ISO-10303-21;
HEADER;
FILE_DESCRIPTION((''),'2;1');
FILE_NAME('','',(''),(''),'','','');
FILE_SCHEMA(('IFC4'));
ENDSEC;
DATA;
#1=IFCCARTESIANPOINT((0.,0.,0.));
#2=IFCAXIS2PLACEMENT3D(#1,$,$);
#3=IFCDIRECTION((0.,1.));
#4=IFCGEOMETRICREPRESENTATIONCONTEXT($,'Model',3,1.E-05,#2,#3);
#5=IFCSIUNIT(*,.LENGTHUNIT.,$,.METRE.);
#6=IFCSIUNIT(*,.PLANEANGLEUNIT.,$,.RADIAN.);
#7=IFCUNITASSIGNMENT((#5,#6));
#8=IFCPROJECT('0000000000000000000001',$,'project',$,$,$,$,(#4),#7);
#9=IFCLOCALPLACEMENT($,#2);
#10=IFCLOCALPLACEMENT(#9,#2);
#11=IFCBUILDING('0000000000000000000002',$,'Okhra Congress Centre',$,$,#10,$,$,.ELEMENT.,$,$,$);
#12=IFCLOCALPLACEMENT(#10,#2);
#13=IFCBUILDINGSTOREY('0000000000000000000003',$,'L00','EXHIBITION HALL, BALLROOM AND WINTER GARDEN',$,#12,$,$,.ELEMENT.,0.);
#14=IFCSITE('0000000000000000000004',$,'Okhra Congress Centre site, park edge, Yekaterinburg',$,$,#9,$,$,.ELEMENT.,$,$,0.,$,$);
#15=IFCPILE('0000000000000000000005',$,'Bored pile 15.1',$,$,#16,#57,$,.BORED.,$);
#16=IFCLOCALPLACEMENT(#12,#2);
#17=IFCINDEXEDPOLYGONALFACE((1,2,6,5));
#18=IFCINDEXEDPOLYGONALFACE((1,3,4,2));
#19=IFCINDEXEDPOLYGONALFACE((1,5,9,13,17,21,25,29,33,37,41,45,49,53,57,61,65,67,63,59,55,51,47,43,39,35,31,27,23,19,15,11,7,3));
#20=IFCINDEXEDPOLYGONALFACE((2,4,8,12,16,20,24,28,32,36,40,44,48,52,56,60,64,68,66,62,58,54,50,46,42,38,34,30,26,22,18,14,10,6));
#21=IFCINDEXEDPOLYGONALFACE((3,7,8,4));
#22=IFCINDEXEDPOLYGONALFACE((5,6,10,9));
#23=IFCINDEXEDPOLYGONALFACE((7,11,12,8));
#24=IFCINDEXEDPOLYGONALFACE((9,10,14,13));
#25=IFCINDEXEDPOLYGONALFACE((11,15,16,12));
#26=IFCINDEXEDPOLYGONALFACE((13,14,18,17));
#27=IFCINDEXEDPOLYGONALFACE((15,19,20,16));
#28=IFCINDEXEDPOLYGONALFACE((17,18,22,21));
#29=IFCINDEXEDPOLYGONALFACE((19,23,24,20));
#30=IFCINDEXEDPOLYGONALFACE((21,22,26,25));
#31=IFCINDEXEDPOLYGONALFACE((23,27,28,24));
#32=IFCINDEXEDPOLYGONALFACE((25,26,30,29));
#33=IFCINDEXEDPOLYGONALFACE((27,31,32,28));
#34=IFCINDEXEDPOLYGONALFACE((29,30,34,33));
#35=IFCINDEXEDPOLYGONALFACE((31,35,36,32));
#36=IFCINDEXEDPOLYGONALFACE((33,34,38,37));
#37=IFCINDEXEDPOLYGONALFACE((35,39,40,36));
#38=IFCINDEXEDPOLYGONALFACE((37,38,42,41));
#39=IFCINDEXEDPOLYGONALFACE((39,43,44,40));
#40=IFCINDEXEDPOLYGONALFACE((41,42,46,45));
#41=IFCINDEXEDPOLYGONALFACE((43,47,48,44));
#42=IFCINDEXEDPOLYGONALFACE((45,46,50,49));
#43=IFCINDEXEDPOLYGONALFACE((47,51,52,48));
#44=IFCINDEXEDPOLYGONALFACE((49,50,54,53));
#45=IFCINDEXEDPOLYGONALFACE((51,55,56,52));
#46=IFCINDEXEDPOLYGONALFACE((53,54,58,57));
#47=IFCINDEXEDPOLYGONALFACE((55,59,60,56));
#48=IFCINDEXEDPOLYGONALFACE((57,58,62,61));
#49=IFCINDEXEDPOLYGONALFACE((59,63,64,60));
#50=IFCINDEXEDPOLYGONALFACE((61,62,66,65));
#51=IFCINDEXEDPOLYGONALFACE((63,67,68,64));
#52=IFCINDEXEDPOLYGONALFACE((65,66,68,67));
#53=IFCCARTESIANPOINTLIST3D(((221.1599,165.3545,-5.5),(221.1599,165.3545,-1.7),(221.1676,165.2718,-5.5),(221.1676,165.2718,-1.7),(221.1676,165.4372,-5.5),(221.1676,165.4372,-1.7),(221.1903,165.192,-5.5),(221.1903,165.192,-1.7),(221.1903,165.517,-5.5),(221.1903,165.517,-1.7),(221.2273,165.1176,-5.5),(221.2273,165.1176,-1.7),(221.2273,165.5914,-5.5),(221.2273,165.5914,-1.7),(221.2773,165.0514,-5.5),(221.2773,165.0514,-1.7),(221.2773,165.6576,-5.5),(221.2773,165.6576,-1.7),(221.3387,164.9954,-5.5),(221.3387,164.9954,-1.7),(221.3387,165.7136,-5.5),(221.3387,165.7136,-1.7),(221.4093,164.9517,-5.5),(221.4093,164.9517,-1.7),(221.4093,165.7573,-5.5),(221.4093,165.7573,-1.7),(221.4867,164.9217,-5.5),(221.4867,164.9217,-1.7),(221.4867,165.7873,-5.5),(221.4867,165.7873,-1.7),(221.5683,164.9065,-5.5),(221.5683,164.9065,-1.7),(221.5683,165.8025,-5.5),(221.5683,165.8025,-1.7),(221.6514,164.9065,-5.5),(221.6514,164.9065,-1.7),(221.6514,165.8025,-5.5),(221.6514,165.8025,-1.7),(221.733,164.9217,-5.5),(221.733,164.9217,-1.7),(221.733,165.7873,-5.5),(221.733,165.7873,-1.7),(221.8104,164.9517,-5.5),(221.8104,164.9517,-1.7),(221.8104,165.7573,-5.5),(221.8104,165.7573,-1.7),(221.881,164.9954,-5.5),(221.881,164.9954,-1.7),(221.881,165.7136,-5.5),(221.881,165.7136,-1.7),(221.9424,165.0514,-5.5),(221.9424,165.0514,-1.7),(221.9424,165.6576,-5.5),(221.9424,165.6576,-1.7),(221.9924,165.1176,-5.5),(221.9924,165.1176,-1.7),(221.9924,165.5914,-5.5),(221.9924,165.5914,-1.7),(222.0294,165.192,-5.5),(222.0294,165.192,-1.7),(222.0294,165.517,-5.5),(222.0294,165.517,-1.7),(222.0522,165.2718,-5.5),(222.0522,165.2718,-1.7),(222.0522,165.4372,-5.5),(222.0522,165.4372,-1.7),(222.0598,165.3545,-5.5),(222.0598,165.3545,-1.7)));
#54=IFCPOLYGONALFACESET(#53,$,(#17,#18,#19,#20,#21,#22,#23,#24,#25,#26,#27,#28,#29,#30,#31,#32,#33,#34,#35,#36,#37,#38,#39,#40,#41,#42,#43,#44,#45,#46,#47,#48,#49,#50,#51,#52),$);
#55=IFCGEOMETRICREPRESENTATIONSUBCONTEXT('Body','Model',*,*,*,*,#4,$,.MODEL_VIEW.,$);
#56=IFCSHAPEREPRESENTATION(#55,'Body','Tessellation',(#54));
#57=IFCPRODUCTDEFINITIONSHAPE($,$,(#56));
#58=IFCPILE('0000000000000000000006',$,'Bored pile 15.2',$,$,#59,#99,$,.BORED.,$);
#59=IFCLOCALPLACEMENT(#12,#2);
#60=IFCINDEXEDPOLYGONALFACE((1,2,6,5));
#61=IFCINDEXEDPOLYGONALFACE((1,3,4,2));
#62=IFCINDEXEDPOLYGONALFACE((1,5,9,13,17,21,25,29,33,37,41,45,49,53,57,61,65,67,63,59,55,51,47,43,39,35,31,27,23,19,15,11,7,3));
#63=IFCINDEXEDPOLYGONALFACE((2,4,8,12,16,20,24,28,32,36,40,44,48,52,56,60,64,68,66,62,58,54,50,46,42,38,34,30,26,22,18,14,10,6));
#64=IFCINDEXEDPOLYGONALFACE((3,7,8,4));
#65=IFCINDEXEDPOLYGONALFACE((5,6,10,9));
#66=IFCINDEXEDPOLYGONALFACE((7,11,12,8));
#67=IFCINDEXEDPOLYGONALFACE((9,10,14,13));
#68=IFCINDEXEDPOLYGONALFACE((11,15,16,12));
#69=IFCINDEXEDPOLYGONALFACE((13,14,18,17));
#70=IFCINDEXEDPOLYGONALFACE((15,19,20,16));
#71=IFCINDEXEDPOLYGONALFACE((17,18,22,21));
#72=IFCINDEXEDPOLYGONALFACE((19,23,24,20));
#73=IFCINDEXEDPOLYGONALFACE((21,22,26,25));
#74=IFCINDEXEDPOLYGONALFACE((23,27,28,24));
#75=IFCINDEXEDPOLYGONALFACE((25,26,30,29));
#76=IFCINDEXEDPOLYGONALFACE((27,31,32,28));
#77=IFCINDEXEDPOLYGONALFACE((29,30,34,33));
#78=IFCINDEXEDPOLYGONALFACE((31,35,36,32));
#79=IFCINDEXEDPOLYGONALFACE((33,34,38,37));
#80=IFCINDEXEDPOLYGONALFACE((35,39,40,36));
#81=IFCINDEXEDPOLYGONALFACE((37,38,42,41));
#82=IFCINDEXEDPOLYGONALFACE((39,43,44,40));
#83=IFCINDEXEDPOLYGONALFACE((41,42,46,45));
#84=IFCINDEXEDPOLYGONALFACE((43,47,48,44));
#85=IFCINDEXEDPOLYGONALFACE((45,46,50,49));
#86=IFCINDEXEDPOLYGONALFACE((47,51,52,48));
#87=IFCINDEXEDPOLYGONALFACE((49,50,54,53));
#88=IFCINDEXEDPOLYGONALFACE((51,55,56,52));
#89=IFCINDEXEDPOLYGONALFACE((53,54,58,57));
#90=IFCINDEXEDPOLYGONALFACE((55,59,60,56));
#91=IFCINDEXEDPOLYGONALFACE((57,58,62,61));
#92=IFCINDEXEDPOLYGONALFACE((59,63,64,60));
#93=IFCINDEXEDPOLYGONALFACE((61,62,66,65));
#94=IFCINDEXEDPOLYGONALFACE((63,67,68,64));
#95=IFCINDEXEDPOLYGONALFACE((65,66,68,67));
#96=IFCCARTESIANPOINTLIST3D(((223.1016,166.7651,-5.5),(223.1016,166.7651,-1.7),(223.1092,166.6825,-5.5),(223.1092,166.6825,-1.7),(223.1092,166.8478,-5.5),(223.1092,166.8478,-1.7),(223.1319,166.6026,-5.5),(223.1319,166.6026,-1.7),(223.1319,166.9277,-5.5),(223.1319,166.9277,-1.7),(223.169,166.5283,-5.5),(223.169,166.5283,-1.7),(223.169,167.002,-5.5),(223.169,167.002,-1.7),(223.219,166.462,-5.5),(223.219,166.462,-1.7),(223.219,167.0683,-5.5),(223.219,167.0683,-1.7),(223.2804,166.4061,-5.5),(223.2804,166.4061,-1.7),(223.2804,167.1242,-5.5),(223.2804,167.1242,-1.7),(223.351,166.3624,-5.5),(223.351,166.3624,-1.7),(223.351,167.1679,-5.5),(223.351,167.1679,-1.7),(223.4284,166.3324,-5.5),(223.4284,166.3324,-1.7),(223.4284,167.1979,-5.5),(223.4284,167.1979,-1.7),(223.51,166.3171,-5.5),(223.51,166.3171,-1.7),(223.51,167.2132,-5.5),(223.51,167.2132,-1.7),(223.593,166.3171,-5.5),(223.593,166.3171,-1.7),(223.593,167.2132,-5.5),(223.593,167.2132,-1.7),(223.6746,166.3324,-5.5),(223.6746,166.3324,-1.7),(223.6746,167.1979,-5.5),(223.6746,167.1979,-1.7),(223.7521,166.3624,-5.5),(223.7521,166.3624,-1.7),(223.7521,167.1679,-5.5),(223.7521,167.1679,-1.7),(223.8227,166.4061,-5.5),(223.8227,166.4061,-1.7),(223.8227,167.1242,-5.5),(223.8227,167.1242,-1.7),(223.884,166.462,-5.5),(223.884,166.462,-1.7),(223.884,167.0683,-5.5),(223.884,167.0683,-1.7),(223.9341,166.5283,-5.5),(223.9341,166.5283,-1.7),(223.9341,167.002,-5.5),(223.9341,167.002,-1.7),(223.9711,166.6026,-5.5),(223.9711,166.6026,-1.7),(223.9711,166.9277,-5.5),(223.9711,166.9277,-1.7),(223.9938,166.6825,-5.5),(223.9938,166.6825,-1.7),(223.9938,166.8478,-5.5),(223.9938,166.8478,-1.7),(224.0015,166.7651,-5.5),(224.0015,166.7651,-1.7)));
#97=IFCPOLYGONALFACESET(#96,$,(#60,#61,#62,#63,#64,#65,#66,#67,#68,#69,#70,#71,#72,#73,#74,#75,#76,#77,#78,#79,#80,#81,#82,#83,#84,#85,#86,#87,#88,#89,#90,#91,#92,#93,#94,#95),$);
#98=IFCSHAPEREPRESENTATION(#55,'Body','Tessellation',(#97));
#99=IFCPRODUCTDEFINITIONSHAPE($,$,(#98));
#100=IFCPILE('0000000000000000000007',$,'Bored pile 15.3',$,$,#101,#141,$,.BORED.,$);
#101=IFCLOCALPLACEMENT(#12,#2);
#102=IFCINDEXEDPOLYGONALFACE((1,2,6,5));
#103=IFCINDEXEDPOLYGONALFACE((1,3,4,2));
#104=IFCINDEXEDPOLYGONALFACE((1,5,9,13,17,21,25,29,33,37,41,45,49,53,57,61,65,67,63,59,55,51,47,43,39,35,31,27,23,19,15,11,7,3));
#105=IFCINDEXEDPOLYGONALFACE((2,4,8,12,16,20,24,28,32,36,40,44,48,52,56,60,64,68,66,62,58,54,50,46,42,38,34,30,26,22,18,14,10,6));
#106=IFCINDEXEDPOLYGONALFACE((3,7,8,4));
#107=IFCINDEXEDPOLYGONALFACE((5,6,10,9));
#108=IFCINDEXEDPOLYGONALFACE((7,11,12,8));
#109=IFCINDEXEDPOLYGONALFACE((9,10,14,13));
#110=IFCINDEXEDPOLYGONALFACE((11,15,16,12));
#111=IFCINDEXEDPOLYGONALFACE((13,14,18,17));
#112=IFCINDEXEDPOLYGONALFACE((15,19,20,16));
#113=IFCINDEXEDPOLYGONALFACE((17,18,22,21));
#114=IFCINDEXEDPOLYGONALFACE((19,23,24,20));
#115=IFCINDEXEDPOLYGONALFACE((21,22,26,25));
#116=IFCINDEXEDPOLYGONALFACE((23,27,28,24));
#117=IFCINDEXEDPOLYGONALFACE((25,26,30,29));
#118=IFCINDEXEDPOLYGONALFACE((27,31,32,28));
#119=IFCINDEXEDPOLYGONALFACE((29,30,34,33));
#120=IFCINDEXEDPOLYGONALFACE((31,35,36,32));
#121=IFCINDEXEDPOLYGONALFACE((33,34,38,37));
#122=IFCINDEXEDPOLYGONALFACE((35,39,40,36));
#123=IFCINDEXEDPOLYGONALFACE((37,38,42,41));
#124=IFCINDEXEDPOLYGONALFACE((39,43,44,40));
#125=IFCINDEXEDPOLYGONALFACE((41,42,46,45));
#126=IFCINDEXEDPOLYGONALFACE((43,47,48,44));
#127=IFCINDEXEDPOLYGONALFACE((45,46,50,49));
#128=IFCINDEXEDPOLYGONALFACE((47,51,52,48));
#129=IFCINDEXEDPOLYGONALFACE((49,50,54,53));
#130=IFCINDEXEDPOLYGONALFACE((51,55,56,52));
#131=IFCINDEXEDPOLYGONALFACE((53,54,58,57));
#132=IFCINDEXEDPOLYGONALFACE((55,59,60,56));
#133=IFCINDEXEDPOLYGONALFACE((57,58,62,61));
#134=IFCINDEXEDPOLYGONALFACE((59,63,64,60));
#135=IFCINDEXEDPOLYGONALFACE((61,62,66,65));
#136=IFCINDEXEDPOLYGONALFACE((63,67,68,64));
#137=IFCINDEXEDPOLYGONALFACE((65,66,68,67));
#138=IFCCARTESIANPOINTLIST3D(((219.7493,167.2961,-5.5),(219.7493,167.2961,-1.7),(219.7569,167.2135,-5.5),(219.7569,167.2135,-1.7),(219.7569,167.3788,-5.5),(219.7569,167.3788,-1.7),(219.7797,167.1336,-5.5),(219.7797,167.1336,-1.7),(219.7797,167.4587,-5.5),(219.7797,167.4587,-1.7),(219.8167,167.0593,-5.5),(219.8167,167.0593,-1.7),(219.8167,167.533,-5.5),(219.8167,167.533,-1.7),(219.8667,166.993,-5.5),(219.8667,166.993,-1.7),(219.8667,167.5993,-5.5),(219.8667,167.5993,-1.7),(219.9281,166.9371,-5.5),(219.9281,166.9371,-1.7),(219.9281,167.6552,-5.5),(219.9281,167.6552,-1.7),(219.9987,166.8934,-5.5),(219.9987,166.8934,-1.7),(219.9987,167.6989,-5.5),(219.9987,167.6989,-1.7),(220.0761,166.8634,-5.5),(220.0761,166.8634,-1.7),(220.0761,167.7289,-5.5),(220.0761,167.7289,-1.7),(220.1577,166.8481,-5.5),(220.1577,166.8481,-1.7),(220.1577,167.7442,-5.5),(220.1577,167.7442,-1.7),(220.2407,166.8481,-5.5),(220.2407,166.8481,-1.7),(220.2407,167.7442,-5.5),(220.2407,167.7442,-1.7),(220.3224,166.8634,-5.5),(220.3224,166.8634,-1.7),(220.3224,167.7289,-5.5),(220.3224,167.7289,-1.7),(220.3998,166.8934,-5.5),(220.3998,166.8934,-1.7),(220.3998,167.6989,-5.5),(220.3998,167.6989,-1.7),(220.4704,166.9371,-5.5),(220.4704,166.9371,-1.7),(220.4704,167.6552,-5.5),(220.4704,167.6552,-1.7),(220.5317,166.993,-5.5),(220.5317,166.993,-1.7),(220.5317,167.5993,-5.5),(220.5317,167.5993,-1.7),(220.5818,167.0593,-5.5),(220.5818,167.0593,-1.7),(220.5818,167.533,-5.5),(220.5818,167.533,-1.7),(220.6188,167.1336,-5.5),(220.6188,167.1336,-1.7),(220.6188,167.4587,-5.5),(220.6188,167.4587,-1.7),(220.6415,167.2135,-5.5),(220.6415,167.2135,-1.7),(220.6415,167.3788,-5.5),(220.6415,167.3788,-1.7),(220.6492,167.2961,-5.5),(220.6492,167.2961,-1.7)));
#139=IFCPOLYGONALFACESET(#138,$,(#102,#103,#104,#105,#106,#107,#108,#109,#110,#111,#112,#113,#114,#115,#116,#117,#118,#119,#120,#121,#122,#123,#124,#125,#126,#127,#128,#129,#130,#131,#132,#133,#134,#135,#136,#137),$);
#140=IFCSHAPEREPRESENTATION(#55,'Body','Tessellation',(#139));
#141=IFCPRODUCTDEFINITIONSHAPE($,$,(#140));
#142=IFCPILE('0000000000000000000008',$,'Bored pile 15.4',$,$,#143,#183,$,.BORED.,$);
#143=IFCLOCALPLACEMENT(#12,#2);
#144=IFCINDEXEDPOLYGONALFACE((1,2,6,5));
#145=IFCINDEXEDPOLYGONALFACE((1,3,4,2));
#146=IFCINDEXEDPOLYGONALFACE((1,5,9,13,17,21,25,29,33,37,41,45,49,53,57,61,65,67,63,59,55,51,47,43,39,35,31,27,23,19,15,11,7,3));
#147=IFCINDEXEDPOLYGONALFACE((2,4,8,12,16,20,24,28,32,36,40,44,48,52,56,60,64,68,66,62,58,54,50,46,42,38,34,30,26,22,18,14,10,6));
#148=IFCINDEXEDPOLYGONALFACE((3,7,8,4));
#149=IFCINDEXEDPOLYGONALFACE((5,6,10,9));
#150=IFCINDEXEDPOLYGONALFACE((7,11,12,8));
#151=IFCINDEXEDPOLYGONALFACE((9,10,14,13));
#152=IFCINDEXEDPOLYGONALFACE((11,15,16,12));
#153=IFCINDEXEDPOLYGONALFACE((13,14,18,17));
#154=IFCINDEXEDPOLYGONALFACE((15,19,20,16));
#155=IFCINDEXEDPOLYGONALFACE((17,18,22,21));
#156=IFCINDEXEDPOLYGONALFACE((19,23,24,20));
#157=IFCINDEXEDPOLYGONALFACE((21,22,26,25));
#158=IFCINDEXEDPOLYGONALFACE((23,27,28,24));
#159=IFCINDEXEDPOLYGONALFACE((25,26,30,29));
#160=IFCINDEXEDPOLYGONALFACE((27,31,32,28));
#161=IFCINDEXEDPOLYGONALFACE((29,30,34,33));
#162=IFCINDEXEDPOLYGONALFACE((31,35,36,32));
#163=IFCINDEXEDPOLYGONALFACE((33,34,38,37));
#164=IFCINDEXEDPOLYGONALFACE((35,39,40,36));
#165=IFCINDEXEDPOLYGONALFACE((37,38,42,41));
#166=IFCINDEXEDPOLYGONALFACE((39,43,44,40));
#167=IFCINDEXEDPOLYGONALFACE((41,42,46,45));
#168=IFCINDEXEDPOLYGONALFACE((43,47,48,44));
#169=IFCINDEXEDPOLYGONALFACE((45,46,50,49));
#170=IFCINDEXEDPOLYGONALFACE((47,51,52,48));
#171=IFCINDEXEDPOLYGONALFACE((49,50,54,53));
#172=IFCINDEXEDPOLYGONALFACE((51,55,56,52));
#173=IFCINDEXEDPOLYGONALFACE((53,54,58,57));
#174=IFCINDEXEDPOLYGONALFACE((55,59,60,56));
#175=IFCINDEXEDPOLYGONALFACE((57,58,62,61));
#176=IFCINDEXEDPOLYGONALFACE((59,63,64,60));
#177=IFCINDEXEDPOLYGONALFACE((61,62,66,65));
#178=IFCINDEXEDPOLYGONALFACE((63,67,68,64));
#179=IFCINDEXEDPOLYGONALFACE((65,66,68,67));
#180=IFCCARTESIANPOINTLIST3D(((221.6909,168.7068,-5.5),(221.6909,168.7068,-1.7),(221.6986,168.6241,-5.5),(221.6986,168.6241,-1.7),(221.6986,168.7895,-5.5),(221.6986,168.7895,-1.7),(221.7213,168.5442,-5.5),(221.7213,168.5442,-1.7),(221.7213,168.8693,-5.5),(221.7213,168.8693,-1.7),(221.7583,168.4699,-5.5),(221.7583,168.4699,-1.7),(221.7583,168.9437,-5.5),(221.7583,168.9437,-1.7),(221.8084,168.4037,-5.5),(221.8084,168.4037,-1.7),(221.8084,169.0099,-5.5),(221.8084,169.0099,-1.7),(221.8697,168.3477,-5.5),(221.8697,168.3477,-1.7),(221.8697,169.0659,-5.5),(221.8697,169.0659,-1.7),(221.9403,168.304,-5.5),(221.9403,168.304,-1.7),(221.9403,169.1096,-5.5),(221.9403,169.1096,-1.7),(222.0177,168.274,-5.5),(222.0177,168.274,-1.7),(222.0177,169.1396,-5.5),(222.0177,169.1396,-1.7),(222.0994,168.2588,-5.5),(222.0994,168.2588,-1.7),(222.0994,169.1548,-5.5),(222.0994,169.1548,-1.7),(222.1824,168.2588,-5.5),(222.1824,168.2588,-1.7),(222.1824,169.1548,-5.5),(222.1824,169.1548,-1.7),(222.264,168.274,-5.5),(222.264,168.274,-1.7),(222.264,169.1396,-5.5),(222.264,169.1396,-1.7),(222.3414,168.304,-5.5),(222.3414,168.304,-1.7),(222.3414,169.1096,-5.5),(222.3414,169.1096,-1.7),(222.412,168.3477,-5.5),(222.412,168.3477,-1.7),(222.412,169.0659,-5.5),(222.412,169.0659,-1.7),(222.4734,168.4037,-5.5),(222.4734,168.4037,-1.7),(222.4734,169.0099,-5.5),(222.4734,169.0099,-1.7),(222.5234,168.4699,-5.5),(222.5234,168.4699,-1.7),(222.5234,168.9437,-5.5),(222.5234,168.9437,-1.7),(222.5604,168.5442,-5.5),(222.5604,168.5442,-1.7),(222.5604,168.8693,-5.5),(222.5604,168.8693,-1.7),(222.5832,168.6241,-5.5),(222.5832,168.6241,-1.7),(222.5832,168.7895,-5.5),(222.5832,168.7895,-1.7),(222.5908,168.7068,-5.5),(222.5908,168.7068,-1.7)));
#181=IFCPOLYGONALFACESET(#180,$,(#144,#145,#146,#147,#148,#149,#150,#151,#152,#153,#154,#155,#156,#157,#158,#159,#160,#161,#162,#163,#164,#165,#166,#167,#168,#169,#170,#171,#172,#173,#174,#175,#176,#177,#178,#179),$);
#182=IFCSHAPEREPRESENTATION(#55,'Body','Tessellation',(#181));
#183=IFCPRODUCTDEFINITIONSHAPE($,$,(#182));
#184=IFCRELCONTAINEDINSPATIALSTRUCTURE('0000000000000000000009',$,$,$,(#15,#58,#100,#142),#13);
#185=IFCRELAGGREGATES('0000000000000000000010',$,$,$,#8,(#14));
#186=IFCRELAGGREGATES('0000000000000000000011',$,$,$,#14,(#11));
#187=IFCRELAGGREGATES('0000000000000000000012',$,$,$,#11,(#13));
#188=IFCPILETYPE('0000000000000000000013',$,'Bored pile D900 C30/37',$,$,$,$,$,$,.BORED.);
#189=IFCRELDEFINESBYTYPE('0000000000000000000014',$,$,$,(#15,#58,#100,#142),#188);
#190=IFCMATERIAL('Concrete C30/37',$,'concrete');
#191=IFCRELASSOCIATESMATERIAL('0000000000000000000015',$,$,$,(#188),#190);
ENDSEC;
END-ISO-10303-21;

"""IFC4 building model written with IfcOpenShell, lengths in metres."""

from ifc_helpers import new_model, si_unit, direction, frame, origin, origin_2d, place, context, subcontext, project, spatial, circle, extrude, material, material_profile, profile_set, type_object, element, save


model = new_model("IFC4")

# Units and contexts
model_context = context("Model", 3, precision=1e-05, world=origin(), true_north=direction((0.0, 1.0)))
body_context = subcontext(model_context, "Body", "Model", "MODEL_VIEW")
ifc_project = project(units=[si_unit("LENGTHUNIT", "METRE"), si_unit("PLANEANGLEUNIT", "RADIAN")], contexts=[model_context])

# Site, building, storey
site_placement = place(None, origin())
site = spatial("IfcSite", under=ifc_project, at=site_placement, Name="Okhra Congress Centre site, park edge, Yekaterinburg", CompositionType="ELEMENT", RefElevation=0.0)
building_placement = place(site_placement, origin())
building = spatial("IfcBuilding", under=site, at=building_placement, Name="Okhra Congress Centre", CompositionType="ELEMENT")
storey_placement = place(building_placement, origin())
storey = spatial("IfcBuildingStorey", under=building, at=storey_placement, Name="L00", Description="EXHIBITION HALL, BALLROOM AND WINTER GARDEN", CompositionType="ELEMENT", Elevation=0.0)

# Piles
ifc_material_1 = material(Name="Concrete C30/37", Category="concrete")
ifc_material_profile_1 = material_profile(ifc_material_1, circle(Radius=0.45, at=origin_2d()), Name="D900")
ifc_profile_set_1 = profile_set([ifc_material_profile_1], Name="Concrete C30/37")
pile_type = type_object("IfcPileType", Name="Bored pile D900 C30/37", PredefinedType="BORED", material=ifc_profile_set_1)
for number, where, z_axis, x_axis, name in (
    (1, (221.6099, 165.3545, -1.7), (0.0, 0.0, -1.0), (1.0, 0.0, 0.0), "Bored pile 15.1"),
    (2, (223.5515, 166.7651, -1.7), (0.0, 0.0, -1.0), (1.0, 0.0, 0.0), "Bored pile 15.2"),
    (3, (220.1992, 167.2961, -1.7), (0.0, 0.0, -1.0), (1.0, 0.0, 0.0), "Bored pile 15.3"),
    (4, (222.1409, 168.7068, -1.7), (0.0, 0.0, -1.0), (1.0, 0.0, 0.0), "Bored pile 15.4"),
):
    element("IfcPile", number, at=place(storey_placement, frame(where, z_axis=z_axis, x_axis=x_axis)), inside=storey, type_object=pile_type, Name=name, PredefinedType="BORED", context=body_context, shape_type="SweptSolid", body=[
        extrude(circle(Radius=0.45, at=origin_2d()), origin(), (0.0, 0.0, 1.0), 3.8),
    ])

save(model, "model.ifc")
